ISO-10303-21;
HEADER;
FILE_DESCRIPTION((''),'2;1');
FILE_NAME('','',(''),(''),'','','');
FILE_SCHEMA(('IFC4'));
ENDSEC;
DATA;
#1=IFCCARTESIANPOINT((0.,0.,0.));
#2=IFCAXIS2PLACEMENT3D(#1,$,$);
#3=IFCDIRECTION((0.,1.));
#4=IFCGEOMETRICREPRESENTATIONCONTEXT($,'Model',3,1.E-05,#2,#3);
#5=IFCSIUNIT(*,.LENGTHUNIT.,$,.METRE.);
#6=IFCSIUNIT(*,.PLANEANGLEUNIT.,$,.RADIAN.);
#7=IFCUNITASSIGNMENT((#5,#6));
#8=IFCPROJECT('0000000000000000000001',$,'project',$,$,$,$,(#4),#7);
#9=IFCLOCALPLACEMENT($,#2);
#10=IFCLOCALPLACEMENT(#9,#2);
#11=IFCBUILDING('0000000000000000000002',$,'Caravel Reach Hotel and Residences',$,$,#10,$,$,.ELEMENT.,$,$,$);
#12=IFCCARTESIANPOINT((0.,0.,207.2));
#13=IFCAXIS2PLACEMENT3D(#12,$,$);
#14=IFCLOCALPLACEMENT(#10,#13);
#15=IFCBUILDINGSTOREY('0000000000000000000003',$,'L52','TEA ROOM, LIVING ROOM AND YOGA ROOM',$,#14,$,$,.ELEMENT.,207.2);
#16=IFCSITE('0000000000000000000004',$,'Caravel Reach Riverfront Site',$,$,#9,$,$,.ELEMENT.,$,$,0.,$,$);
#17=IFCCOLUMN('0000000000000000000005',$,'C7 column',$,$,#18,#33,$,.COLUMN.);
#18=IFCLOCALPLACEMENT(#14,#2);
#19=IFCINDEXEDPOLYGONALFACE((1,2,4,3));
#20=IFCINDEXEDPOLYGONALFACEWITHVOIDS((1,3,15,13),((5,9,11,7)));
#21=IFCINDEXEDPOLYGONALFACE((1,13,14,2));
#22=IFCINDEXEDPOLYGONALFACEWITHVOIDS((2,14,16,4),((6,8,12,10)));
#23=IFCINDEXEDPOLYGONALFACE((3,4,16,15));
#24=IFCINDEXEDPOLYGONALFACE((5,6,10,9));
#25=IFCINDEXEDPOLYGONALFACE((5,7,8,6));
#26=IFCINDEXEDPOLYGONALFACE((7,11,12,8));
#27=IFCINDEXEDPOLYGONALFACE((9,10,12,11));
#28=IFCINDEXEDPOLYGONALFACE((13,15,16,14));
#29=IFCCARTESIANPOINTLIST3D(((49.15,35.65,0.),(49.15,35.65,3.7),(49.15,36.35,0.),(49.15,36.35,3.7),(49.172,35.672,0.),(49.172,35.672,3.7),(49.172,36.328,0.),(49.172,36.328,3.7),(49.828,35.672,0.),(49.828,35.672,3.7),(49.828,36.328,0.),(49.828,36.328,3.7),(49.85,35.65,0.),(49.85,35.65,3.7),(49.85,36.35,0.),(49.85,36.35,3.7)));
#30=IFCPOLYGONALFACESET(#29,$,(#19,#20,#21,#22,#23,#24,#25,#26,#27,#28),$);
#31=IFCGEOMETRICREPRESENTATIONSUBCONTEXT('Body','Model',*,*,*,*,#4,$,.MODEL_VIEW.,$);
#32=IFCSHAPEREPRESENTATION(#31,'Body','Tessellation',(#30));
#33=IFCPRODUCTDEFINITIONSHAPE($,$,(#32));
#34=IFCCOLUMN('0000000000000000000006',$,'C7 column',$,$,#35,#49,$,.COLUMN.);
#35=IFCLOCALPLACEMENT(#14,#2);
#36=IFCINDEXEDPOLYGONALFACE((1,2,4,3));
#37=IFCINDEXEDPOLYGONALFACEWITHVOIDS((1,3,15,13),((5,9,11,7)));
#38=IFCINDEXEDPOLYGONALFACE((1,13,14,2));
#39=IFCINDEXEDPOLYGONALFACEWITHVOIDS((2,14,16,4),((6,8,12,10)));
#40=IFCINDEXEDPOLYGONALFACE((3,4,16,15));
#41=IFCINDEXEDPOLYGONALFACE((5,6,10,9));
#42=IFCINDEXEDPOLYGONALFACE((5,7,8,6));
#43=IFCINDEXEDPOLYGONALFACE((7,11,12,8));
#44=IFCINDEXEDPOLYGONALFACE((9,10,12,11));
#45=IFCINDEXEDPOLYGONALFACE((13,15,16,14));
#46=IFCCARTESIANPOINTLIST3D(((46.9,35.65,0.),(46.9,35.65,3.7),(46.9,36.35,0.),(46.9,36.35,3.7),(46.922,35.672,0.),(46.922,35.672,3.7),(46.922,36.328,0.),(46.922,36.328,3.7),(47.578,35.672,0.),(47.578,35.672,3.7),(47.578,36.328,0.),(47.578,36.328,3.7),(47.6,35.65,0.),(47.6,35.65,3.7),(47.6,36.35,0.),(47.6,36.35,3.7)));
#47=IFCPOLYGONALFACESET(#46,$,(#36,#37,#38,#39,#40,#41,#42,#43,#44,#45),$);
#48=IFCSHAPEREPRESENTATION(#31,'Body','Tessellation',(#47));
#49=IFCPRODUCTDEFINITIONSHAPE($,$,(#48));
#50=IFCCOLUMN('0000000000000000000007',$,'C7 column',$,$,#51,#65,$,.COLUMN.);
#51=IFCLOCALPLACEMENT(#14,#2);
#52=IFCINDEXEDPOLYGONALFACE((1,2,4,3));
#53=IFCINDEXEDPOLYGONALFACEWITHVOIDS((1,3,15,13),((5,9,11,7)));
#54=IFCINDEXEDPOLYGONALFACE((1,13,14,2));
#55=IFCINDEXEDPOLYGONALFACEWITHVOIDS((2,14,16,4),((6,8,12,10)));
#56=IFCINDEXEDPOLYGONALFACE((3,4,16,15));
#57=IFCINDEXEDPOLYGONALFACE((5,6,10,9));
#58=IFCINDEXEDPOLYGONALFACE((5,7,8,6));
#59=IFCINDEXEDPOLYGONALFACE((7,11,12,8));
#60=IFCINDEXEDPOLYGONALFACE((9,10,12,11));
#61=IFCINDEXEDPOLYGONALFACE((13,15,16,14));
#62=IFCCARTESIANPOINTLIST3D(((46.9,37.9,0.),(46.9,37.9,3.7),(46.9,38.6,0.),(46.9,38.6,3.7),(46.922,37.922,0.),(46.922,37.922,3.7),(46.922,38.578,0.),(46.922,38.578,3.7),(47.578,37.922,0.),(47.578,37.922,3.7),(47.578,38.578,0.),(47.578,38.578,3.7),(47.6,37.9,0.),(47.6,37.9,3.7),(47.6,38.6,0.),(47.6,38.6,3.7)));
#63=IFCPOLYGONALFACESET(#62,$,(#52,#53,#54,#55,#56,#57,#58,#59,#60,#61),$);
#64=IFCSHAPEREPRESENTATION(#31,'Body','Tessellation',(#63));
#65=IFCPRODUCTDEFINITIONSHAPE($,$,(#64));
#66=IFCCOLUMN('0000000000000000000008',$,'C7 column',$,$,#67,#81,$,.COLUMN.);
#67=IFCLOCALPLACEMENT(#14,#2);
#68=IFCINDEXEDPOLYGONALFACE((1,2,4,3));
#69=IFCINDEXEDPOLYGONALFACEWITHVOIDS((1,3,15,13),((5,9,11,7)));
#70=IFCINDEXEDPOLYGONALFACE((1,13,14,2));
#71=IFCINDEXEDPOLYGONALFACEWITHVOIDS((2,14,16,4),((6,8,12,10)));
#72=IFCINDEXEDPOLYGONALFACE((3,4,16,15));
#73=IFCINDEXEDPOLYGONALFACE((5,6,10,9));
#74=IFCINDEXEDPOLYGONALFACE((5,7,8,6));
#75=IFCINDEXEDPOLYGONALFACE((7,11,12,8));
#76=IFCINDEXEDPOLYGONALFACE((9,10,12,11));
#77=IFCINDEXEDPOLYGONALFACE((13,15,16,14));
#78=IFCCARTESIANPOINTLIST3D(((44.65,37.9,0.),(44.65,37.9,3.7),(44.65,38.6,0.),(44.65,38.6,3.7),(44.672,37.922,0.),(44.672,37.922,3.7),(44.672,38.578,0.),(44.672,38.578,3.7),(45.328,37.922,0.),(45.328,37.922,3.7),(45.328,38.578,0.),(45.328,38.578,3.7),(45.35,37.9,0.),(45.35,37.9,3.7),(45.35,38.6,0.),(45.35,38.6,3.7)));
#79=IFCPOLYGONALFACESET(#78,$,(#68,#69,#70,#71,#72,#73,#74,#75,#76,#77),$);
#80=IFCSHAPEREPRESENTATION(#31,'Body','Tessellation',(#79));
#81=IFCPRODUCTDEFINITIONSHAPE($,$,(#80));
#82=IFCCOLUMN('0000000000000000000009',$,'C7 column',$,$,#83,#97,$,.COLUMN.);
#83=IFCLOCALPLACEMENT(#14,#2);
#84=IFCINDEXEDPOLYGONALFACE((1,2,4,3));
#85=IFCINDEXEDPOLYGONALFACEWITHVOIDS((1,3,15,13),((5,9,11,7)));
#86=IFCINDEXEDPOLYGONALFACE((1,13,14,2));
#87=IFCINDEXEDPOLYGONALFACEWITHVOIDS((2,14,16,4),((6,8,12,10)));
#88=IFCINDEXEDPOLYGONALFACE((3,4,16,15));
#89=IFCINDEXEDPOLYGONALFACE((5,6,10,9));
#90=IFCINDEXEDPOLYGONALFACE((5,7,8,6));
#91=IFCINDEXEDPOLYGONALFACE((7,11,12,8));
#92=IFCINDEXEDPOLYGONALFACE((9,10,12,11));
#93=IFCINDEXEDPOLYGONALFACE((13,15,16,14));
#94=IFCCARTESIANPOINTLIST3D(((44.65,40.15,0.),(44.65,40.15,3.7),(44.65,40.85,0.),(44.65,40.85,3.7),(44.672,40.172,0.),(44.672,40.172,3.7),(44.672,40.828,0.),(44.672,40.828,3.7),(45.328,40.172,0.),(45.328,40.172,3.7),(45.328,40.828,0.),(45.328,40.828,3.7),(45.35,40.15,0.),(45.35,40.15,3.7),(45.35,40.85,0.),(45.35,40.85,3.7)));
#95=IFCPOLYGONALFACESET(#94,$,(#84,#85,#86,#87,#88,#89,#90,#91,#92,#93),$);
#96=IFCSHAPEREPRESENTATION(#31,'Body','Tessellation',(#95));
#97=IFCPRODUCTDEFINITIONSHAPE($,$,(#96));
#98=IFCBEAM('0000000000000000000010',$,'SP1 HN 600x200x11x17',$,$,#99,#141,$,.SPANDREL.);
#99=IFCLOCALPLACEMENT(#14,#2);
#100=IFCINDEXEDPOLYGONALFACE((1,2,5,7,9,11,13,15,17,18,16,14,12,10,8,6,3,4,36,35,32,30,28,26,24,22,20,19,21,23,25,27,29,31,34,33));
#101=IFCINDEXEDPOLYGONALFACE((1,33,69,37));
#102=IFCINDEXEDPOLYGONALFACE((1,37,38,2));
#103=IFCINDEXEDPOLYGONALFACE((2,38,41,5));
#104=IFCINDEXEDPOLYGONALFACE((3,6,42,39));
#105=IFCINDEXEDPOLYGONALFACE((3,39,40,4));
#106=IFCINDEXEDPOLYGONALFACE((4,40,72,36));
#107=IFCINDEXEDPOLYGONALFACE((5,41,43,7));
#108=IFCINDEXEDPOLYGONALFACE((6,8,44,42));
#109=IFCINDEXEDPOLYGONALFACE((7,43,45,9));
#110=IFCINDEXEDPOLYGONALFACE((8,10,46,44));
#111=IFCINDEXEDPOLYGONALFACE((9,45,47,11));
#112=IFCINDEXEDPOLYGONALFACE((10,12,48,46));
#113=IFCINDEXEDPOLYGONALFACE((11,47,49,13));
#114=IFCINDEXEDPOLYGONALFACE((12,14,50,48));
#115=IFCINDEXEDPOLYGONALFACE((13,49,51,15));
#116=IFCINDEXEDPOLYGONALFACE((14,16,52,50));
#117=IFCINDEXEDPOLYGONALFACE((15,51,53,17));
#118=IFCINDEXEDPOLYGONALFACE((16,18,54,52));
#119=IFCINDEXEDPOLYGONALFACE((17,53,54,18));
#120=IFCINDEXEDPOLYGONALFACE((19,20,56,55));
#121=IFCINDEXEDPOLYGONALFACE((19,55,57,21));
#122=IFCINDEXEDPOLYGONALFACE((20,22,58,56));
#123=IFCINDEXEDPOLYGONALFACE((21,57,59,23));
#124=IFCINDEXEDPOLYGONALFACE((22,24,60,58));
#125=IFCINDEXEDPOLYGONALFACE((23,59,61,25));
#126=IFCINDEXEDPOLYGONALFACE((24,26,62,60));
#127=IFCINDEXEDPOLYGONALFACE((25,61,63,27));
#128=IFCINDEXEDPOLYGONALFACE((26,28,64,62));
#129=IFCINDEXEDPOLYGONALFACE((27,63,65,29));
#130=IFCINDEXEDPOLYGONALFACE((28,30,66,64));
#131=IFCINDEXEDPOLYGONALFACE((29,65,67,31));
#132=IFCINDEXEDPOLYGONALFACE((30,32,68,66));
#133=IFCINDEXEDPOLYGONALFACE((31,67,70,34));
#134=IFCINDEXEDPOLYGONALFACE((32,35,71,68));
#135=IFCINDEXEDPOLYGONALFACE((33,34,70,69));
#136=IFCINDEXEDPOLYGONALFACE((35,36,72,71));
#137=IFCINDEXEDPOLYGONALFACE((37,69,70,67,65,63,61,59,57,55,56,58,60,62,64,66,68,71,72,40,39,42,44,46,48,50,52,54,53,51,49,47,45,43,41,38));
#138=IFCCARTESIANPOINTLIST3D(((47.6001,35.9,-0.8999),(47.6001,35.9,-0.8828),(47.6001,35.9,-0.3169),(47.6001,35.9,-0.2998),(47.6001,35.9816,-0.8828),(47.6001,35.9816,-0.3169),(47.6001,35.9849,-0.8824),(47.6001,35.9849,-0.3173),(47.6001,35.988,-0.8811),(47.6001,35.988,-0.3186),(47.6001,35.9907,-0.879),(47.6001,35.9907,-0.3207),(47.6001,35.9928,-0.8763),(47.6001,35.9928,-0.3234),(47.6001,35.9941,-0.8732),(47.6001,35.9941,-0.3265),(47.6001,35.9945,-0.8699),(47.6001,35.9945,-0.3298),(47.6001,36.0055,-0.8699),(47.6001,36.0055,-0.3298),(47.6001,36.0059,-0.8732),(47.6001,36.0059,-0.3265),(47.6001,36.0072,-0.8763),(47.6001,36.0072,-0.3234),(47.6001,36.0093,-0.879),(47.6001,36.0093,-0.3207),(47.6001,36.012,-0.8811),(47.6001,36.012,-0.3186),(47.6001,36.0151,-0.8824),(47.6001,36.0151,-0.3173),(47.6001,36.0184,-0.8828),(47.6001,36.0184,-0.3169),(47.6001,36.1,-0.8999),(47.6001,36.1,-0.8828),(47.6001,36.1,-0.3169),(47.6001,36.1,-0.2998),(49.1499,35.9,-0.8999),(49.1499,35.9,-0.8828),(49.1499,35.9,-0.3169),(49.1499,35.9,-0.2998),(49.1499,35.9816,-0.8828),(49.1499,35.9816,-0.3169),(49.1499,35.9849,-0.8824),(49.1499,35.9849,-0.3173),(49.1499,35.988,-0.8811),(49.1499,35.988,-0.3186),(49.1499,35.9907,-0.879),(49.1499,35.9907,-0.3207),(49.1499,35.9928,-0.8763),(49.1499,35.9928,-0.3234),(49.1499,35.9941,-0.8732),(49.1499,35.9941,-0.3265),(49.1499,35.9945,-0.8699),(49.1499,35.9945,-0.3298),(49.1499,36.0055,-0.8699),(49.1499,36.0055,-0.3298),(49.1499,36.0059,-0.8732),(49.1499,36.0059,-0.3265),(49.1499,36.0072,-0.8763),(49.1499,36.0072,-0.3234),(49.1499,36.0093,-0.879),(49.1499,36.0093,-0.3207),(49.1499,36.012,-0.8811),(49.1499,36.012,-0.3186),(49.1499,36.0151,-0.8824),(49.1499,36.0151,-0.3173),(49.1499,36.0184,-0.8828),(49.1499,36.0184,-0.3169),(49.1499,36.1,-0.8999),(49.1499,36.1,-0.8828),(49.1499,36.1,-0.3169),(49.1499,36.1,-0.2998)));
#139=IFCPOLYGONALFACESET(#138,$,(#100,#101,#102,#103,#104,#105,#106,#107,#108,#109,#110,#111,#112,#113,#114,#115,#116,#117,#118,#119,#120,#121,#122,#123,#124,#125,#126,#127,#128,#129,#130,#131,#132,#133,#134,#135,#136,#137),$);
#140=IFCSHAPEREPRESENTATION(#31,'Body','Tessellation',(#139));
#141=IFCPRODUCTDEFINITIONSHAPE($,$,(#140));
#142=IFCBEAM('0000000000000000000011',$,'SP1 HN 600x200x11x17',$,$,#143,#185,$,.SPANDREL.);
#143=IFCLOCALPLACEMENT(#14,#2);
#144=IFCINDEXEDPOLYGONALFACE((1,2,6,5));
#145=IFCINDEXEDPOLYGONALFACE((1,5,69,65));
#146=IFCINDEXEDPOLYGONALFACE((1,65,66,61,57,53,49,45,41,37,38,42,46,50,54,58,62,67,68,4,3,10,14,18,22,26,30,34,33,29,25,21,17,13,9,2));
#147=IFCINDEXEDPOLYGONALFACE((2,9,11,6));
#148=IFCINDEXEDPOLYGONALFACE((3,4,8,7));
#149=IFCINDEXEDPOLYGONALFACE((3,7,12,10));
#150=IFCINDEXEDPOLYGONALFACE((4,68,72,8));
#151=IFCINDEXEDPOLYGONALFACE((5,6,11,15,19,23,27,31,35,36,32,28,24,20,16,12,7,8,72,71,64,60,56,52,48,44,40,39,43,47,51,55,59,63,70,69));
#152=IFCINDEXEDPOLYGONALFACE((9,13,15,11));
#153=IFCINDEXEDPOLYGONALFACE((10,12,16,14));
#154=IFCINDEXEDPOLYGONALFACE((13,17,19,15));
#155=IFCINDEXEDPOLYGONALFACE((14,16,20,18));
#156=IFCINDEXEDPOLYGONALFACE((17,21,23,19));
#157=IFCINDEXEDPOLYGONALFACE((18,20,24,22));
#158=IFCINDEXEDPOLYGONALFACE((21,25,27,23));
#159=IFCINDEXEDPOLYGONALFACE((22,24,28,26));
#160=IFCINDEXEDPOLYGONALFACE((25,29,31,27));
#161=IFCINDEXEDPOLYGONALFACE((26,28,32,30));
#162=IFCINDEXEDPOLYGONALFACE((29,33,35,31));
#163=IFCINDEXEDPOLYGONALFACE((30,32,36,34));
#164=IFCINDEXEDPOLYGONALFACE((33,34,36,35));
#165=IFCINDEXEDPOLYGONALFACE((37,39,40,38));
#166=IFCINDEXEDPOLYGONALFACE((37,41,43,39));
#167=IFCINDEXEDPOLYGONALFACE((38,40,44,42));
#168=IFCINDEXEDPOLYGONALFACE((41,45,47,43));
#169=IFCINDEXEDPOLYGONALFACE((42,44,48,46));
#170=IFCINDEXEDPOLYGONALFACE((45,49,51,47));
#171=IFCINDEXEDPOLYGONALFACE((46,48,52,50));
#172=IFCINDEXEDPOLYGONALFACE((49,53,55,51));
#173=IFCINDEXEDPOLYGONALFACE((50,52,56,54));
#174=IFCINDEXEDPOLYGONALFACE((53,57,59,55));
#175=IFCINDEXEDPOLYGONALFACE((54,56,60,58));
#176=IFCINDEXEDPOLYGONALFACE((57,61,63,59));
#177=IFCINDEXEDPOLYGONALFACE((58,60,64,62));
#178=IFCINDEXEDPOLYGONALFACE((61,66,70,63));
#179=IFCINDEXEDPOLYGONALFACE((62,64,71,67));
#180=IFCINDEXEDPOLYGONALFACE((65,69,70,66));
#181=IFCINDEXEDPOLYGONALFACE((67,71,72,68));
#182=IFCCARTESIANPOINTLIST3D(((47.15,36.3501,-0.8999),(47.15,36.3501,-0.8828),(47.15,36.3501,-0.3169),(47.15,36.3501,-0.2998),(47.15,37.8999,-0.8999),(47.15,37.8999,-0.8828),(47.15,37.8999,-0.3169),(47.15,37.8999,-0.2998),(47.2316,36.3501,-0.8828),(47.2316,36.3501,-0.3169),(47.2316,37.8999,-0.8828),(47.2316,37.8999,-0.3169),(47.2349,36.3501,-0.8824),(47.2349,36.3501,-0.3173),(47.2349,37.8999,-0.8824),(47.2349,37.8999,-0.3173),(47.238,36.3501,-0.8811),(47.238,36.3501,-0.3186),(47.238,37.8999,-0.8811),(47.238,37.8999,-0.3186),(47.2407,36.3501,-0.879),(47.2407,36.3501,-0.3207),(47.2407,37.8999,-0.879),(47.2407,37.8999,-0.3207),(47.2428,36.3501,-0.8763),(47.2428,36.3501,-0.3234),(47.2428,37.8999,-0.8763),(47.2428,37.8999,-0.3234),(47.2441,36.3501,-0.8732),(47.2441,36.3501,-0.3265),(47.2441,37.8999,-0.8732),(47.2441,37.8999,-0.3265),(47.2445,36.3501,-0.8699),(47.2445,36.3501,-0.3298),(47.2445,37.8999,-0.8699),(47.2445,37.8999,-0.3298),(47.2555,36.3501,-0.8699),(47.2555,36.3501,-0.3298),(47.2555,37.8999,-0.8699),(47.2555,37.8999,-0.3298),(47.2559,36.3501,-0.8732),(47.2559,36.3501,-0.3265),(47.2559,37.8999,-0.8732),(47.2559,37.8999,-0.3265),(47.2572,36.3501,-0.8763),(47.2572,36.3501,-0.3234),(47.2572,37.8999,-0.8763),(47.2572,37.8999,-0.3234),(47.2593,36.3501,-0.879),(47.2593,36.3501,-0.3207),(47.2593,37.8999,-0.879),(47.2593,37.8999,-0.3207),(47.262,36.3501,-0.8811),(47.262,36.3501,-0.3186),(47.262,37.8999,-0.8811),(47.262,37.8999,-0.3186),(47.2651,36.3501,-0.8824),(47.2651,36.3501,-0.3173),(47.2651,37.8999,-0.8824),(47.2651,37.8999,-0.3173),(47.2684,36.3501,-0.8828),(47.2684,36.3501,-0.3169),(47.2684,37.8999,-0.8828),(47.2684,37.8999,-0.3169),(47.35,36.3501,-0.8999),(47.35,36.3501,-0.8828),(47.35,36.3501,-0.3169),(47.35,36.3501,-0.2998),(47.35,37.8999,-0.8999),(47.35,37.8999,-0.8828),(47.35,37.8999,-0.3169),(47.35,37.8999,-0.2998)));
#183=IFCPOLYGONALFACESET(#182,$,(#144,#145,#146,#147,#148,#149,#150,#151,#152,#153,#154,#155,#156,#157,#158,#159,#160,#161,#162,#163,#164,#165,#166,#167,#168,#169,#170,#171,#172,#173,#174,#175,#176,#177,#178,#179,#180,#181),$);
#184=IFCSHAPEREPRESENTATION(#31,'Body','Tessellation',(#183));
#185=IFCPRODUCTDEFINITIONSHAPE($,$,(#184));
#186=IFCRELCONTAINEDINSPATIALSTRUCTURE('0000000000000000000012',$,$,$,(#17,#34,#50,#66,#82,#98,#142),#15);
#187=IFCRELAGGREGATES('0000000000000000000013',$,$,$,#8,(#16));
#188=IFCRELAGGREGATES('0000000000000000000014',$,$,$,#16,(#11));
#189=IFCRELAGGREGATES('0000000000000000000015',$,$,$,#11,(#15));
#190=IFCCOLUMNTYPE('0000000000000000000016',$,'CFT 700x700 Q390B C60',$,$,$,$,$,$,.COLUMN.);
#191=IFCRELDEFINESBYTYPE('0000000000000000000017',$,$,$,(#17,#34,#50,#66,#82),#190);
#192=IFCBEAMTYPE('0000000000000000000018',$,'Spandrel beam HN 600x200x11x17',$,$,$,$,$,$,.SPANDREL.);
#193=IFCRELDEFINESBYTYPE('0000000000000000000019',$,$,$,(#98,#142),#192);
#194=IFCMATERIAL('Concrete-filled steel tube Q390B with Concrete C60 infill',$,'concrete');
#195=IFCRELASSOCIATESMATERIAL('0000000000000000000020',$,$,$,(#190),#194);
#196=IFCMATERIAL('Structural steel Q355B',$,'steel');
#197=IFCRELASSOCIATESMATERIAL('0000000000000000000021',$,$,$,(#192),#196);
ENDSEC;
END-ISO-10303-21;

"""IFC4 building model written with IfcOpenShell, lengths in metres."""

from ifc_helpers import new_model, si_unit, direction, frame, origin, origin_2d, place, context, subcontext, project, spatial, hollow_rectangle, i_section, extrude, material, material_profile, profile_set, type_object, element, save


model = new_model("IFC4")

# Units and contexts
model_context = context("Model", 3, precision=1e-05, world=origin(), true_north=direction((0.0, 1.0)))
body_context = subcontext(model_context, "Body", "Model", "MODEL_VIEW")
ifc_project = project(units=[si_unit("LENGTHUNIT", "METRE"), si_unit("PLANEANGLEUNIT", "RADIAN")], contexts=[model_context])

# Site, building, storey
site_placement = place(None, origin())
site = spatial("IfcSite", under=ifc_project, at=site_placement, Name="Caravel Reach Riverfront Site", CompositionType="ELEMENT", RefElevation=0.0)
building_placement = place(site_placement, origin())
building = spatial("IfcBuilding", under=site, at=building_placement, Name="Caravel Reach Hotel and Residences", CompositionType="ELEMENT")
storey_placement = place(building_placement, frame((0.0, 0.0, 207.2)))
storey = spatial("IfcBuildingStorey", under=building, at=storey_placement, Name="L52", Description="TEA ROOM, LIVING ROOM AND YOGA ROOM", CompositionType="ELEMENT", Elevation=207.2)

# Columns
ifc_material_1 = material(Name="Concrete-filled steel tube Q390B with Concrete C60 infill", Category="concrete")
ifc_material_profile_1 = material_profile(ifc_material_1, hollow_rectangle(XDim=0.7, YDim=0.7, WallThickness=0.022, at=origin_2d()), Name="RHS 700x700x22")
ifc_profile_set_1 = profile_set([ifc_material_profile_1], Name="Concrete-filled steel tube Q390B with Concrete C60 infill")
column_type = type_object("IfcColumnType", Name="CFT 700x700 Q390B C60", PredefinedType="COLUMN", material=ifc_profile_set_1)
for number, where, z_axis, x_axis, name in (
    (1, (49.5, 36.0, 0.0), (0.0, 0.0, 1.0), (1.0, 0.0, 0.0), "C7 column"),
    (2, (47.25, 36.0, 0.0), (0.0, 0.0, 1.0), (1.0, 0.0, 0.0), "C7 column"),
    (3, (47.25, 38.25, 0.0), (0.0, 0.0, 1.0), (1.0, 0.0, 0.0), "C7 column"),
    (4, (45.0, 38.25, 0.0), (0.0, 0.0, 1.0), (1.0, 0.0, 0.0), "C7 column"),
    (5, (45.0, 40.5, 0.0), (0.0, 0.0, 1.0), (1.0, 0.0, 0.0), "C7 column"),
):
    element("IfcColumn", number, at=place(storey_placement, frame(where, z_axis=z_axis, x_axis=x_axis)), inside=storey, type_object=column_type, Name=name, PredefinedType="COLUMN", context=body_context, shape_type="SweptSolid", body=[
        extrude(hollow_rectangle(XDim=0.7, YDim=0.7, WallThickness=0.022, at=origin_2d()), origin(), (0.0, 0.0, 1.0), 3.7),
    ])

# Beams
ifc_material_2 = material(Name="Structural steel Q355B", Category="steel")
ifc_material_profile_2 = material_profile(ifc_material_2, i_section(OverallWidth=0.2, OverallDepth=0.6001, WebThickness=0.011, FlangeThickness=0.0171, FilletRadius=0.0129, at=origin_2d()), Name="HN 600x200x11x17")
ifc_profile_set_2 = profile_set([ifc_material_profile_2], Name="Structural steel Q355B")
beam_type = type_object("IfcBeamType", Name="Spandrel beam HN 600x200x11x17", PredefinedType="SPANDREL", material=ifc_profile_set_2)
for number, where, z_axis, x_axis, name in (
    (6, (49.1499, 36.0, -0.5999), (-1.0, 0.0, 0.0), (0.0, -1.0, 0.0), "SP1 HN 600x200x11x17"),
    (7, (47.25, 36.3501, -0.5999), (0.0, 1.0, 0.0), (-1.0, 0.0, 0.0), "SP1 HN 600x200x11x17"),
):
    element("IfcBeam", number, at=place(storey_placement, frame(where, z_axis=z_axis, x_axis=x_axis)), inside=storey, type_object=beam_type, Name=name, PredefinedType="SPANDREL", context=body_context, shape_type="SweptSolid", body=[
        extrude(i_section(OverallWidth=0.2, OverallDepth=0.6001, WebThickness=0.011, FlangeThickness=0.0171, FilletRadius=0.0129, at=origin_2d()), origin(), (0.0, 0.0, 1.0), 1.5498),
    ])

save(model, "model.ifc")
